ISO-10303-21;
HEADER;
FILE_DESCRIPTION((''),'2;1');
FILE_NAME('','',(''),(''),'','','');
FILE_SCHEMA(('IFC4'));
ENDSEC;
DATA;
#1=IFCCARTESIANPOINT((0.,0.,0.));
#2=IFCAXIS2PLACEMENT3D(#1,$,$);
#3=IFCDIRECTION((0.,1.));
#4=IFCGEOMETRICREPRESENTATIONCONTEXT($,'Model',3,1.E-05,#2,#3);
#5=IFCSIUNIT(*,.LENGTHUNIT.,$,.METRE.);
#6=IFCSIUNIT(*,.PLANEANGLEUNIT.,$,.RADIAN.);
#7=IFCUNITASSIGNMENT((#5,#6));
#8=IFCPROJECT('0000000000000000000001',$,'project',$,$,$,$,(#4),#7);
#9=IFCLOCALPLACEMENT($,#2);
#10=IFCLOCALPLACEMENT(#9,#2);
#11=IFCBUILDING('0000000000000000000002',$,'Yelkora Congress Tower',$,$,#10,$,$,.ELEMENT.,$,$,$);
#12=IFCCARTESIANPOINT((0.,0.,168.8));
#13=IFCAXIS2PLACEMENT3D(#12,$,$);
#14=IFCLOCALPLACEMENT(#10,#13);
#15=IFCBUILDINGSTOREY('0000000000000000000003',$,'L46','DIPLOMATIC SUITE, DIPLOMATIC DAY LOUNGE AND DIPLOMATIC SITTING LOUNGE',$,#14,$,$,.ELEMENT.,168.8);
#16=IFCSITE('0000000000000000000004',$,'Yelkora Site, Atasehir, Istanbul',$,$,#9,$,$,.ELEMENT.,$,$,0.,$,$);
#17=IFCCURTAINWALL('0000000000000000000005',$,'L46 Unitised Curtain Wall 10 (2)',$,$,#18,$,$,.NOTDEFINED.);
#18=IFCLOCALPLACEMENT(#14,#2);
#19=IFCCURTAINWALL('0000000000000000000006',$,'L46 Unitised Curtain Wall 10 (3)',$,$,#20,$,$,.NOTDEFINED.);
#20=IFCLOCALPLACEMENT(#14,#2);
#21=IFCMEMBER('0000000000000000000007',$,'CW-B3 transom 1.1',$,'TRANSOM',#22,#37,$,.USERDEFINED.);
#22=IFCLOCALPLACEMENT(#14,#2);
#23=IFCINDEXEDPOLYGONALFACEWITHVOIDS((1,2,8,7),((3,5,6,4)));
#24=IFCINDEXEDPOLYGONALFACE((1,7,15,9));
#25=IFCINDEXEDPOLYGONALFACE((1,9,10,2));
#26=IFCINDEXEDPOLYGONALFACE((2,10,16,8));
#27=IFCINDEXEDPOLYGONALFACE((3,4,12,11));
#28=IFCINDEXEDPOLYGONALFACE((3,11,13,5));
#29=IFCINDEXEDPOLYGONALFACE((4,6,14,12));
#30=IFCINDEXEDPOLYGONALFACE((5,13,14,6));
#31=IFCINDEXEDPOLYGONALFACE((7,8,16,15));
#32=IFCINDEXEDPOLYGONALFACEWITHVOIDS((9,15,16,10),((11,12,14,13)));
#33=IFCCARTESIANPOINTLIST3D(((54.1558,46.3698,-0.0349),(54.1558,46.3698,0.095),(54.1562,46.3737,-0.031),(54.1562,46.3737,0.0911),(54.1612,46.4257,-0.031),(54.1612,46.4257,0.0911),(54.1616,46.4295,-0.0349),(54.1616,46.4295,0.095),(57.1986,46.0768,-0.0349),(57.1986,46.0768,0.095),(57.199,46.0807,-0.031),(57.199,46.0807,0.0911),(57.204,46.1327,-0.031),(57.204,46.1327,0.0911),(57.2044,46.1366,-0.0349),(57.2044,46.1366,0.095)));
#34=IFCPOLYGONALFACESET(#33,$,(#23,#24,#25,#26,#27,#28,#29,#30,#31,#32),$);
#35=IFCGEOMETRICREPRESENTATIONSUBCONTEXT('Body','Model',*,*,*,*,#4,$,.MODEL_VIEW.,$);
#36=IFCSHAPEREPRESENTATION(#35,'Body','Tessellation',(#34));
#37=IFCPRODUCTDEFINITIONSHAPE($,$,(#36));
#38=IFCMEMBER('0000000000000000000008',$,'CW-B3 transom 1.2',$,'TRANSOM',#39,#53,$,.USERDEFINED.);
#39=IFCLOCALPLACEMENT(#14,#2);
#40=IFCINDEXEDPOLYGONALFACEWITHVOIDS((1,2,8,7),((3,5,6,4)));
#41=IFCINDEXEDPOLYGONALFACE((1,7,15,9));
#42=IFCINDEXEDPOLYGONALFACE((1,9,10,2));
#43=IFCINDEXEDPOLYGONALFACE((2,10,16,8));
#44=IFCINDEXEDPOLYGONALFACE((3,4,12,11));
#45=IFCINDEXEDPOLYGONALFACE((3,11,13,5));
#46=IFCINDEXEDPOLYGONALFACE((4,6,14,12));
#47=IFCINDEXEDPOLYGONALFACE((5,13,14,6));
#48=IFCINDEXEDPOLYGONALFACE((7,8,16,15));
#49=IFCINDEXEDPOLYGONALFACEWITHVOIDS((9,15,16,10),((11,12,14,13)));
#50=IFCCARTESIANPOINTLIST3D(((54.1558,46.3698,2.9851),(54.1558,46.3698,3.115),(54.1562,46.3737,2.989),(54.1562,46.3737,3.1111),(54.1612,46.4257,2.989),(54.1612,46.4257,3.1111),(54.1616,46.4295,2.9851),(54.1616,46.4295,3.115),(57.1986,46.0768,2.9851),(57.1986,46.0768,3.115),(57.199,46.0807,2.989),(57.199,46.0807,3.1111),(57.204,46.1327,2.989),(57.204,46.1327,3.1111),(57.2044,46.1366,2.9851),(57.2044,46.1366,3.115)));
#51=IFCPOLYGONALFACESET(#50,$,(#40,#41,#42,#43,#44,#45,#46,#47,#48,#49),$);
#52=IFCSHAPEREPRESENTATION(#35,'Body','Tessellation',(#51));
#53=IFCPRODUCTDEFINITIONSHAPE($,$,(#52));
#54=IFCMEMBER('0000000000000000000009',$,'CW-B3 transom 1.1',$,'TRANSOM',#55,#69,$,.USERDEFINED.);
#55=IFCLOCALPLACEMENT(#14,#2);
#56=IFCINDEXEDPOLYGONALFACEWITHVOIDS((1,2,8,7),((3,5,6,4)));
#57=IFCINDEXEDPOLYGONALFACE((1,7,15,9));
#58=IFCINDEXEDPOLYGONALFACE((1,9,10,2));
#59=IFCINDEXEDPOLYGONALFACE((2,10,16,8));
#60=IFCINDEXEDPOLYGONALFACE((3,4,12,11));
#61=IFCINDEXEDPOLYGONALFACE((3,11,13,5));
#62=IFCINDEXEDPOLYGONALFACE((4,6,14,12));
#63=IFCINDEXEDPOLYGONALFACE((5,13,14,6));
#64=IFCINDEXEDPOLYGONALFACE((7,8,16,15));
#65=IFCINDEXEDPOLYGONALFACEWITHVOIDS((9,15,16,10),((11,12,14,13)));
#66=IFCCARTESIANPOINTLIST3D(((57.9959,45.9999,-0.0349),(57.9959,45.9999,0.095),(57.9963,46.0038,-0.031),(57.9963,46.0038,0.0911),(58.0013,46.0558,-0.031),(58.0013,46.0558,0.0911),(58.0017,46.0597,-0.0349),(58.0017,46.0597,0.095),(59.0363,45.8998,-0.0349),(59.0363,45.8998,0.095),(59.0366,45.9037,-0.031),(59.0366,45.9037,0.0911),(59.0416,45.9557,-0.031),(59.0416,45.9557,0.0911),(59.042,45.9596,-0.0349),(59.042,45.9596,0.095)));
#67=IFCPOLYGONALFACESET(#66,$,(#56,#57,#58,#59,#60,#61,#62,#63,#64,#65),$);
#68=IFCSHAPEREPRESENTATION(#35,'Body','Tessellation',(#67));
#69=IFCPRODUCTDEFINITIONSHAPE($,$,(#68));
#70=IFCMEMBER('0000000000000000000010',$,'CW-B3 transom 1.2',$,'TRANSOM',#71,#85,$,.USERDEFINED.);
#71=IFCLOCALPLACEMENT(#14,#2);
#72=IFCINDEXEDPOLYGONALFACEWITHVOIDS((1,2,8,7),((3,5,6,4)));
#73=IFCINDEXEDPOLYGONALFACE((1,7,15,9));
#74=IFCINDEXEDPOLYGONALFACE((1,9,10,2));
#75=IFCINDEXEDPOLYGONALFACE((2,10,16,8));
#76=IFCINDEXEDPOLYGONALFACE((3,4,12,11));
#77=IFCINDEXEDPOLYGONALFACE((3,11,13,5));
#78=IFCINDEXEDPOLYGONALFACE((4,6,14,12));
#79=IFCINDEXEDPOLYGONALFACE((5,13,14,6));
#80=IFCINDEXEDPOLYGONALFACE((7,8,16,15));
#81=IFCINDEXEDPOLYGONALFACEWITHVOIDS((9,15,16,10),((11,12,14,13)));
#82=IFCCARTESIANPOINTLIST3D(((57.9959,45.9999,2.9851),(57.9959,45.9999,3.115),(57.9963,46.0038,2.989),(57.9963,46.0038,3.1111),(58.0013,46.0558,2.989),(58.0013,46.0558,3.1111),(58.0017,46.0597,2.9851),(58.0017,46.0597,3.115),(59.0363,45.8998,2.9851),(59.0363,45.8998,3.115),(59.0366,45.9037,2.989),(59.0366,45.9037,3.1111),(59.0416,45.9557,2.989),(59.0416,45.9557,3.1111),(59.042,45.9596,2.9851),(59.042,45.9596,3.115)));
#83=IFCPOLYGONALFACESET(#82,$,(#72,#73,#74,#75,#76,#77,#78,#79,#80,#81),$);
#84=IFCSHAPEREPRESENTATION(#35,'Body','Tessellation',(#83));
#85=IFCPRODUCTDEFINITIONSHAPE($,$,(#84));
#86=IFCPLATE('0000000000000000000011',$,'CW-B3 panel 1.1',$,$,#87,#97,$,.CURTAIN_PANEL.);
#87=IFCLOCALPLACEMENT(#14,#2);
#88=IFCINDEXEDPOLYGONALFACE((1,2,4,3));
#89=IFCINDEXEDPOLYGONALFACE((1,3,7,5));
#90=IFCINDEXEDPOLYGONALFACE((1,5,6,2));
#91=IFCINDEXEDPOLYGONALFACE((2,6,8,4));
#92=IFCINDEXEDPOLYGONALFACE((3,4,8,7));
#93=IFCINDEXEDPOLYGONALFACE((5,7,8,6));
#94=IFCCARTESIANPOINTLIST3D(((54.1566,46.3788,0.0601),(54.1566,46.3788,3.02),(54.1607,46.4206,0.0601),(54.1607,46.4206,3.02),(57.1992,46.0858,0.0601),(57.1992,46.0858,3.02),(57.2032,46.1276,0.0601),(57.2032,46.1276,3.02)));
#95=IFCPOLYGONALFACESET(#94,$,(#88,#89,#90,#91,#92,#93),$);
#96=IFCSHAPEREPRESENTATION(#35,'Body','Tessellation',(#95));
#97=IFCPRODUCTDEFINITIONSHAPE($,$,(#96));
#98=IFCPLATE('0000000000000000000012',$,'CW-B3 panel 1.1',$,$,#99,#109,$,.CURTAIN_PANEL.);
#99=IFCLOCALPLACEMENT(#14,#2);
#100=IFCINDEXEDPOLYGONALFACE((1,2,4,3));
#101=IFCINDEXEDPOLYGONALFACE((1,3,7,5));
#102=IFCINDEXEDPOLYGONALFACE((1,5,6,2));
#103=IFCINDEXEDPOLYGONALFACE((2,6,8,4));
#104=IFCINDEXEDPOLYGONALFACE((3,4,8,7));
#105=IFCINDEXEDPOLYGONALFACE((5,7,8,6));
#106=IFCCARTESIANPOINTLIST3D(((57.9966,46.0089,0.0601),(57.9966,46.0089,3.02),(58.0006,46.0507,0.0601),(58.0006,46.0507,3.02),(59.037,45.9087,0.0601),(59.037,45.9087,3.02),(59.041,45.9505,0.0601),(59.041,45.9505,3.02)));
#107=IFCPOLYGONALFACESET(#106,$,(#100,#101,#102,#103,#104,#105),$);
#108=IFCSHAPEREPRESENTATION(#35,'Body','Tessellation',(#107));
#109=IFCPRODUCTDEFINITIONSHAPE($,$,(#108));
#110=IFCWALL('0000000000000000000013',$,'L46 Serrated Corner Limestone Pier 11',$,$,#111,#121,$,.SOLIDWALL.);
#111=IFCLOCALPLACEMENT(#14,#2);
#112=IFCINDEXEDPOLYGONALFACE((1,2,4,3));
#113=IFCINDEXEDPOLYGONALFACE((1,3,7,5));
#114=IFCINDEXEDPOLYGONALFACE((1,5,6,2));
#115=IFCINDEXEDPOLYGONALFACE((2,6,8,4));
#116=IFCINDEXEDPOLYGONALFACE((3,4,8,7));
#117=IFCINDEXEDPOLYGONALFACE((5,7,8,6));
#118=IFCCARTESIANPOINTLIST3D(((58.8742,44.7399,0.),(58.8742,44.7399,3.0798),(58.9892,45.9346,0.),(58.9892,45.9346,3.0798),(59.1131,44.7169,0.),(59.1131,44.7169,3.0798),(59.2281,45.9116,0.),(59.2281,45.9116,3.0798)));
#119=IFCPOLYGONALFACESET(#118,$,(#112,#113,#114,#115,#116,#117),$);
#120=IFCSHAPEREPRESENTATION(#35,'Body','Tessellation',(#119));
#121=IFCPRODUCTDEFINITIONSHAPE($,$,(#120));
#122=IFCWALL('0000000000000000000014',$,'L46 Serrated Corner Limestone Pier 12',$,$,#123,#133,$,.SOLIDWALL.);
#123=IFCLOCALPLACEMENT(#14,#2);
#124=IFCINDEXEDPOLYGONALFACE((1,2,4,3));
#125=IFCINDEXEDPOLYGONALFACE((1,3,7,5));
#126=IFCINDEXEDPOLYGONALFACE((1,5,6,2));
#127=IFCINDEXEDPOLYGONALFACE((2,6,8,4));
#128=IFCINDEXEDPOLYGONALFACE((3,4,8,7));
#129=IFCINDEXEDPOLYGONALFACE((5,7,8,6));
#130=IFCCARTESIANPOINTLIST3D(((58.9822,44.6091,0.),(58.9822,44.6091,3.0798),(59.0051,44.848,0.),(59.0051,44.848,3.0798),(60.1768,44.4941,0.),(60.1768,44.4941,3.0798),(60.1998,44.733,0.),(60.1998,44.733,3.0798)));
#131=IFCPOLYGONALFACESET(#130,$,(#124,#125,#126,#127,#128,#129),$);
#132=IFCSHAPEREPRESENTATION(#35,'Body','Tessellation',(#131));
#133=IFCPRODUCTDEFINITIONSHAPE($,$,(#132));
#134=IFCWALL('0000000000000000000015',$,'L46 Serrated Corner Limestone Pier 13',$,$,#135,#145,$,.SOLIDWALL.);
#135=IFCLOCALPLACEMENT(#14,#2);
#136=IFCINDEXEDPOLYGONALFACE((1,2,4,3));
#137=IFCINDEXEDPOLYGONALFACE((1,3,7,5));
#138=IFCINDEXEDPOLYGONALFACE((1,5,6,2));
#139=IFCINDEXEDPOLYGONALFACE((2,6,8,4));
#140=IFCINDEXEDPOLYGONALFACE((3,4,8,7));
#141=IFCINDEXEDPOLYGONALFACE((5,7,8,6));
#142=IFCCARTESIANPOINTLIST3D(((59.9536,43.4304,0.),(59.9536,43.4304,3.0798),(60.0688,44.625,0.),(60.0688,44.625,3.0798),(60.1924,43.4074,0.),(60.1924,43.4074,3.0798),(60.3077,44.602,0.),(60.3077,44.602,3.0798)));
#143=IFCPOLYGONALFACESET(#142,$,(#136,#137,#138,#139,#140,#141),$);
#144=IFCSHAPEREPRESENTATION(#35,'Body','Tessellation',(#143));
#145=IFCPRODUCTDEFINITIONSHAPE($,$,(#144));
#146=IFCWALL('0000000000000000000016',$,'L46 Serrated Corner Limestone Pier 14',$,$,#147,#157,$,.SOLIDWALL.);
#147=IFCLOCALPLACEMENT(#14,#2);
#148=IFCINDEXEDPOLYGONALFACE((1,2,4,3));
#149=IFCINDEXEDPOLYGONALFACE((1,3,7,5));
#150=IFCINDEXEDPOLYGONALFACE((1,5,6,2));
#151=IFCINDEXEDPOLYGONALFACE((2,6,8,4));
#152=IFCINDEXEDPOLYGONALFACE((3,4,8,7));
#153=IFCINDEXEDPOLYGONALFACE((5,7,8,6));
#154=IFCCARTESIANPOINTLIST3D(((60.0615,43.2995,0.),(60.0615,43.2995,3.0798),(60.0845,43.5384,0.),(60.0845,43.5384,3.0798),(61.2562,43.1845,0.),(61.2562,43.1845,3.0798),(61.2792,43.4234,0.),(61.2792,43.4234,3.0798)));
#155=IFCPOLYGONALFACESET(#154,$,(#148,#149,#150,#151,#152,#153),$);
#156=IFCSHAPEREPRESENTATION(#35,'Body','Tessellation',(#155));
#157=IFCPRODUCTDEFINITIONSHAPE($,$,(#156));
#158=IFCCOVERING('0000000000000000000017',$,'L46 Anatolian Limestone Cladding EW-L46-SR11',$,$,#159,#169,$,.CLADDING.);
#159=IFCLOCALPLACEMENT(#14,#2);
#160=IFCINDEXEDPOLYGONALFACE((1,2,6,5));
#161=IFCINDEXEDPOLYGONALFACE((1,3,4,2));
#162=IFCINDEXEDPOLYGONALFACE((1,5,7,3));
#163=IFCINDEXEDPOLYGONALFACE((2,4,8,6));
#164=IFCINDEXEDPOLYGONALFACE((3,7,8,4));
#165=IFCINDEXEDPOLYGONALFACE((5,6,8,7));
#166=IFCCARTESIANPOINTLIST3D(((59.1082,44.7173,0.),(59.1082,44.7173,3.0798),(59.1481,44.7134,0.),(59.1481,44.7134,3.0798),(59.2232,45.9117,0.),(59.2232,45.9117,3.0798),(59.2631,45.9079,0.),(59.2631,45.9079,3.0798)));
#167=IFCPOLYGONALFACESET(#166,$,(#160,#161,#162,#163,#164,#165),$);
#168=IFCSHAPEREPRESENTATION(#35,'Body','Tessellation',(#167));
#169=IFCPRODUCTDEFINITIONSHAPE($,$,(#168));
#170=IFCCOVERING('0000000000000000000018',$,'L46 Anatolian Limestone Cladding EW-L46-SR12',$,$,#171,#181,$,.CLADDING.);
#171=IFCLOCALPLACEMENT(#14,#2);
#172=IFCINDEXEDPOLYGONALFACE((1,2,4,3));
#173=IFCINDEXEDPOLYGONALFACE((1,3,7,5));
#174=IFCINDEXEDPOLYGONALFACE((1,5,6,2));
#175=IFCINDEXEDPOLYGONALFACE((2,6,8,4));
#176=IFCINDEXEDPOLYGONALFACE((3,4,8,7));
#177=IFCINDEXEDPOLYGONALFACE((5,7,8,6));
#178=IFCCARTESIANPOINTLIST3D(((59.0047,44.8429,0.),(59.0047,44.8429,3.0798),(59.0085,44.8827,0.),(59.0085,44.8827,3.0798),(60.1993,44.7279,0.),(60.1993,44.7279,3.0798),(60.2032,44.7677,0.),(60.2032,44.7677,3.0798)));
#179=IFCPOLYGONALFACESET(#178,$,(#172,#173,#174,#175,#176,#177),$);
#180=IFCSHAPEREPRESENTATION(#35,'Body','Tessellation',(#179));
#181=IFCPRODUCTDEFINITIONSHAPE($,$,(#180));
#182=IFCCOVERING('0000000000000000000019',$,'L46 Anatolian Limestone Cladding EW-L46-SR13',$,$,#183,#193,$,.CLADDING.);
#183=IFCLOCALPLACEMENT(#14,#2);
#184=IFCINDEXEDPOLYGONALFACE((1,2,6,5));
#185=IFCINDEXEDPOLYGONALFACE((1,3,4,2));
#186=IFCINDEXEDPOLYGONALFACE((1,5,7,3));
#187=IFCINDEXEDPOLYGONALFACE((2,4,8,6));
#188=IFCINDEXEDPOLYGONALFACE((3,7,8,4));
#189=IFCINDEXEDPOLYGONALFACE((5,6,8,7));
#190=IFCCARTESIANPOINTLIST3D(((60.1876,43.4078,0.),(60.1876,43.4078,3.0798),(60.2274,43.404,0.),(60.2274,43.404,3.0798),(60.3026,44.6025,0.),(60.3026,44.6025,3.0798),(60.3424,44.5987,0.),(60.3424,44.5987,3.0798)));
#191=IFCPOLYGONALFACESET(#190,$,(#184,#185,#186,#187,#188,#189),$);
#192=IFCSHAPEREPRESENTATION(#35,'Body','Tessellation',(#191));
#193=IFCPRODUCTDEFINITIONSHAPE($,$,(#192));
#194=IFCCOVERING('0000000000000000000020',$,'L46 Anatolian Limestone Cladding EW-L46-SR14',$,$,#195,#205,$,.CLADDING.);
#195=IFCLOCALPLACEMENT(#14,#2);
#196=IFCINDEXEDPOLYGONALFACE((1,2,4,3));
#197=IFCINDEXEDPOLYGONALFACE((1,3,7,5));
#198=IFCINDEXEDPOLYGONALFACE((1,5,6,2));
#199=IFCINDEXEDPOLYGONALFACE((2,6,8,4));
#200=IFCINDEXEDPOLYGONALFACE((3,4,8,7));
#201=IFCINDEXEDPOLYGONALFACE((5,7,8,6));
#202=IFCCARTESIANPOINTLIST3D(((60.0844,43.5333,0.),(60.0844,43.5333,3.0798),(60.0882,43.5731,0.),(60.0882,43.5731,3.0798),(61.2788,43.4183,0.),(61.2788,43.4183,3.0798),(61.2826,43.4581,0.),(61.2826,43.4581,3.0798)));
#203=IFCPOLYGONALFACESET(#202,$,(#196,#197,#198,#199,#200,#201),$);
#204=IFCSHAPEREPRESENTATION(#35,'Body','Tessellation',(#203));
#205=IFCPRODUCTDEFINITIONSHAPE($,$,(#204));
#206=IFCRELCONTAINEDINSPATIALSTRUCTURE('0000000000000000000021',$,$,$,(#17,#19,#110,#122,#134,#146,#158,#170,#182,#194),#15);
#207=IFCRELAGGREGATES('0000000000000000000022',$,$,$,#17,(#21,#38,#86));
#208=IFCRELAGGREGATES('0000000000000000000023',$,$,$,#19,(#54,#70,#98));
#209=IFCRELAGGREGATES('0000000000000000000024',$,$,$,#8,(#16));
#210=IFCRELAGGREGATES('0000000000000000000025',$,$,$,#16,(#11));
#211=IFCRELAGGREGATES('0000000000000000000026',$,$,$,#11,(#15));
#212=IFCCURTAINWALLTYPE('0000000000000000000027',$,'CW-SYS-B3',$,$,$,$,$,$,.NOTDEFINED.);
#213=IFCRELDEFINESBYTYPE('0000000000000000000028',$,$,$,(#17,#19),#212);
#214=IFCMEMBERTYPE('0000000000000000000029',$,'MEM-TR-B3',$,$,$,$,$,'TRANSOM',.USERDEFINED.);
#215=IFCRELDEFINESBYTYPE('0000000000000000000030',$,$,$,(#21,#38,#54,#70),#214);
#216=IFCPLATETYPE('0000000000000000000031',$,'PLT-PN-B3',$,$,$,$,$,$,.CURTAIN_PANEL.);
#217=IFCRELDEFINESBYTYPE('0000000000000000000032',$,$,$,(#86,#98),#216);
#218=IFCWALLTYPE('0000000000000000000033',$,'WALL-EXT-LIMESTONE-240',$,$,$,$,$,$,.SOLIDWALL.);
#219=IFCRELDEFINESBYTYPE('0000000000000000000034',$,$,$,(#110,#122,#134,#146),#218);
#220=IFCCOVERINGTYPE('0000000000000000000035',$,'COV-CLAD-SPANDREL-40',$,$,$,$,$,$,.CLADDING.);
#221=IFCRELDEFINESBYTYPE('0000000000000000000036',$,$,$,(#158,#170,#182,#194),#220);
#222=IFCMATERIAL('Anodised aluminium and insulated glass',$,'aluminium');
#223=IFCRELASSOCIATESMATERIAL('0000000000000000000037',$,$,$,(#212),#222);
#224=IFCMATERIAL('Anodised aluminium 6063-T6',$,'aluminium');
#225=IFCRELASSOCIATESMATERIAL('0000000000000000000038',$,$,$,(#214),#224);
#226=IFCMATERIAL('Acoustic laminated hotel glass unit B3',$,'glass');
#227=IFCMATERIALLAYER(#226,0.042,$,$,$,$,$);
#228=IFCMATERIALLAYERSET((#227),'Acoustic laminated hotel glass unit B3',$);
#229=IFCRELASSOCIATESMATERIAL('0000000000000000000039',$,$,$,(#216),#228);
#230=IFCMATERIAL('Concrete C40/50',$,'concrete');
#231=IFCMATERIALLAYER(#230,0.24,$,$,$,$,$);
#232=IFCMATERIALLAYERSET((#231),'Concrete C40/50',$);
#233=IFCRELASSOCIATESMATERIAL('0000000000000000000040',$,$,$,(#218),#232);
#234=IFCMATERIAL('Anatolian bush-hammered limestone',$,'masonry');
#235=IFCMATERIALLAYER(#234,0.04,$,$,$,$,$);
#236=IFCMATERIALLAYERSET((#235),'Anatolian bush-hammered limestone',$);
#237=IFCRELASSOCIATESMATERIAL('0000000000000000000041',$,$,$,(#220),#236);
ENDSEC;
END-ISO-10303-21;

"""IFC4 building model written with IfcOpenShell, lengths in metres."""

from ifc_helpers import new_model, si_unit, direction, frame, frame_2d, origin, origin_2d, place, context, subcontext, project, spatial, rectangle, hollow_rectangle, extrude, material, layer, layer_set, material_profile, profile_set, type_object, element, aggregate, save


model = new_model("IFC4")

# Units and contexts
model_context = context("Model", 3, precision=1e-05, world=origin(), true_north=direction((0.0, 1.0)))
body_context = subcontext(model_context, "Body", "Model", "MODEL_VIEW")
ifc_project = project(units=[si_unit("LENGTHUNIT", "METRE"), si_unit("PLANEANGLEUNIT", "RADIAN")], contexts=[model_context])

# Site, building, storey
site_placement = place(None, origin())
site = spatial("IfcSite", under=ifc_project, at=site_placement, Name="Yelkora Site, Atasehir, Istanbul", CompositionType="ELEMENT", RefElevation=0.0)
building_placement = place(site_placement, origin())
building = spatial("IfcBuilding", under=site, at=building_placement, Name="Yelkora Congress Tower", CompositionType="ELEMENT")
storey_placement = place(building_placement, frame((0.0, 0.0, 168.8)))
storey = spatial("IfcBuildingStorey", under=building, at=storey_placement, Name="L46", Description="DIPLOMATIC SUITE, DIPLOMATIC DAY LOUNGE AND DIPLOMATIC SITTING LOUNGE", CompositionType="ELEMENT", Elevation=168.8)

# Shared definitions
ifc_material_1 = material(Name="Anodised aluminium and insulated glass", Category="aluminium")
curtain_wall_type = type_object("IfcCurtainWallType", Name="CW-SYS-B3", PredefinedType="NOTDEFINED", material=ifc_material_1)
ifc_material_2 = material(Name="Anodised aluminium 6063-T6", Category="aluminium")

# Curtain walls
curtain_wall_1_placement = place(storey_placement, origin())
curtain_wall_1 = element("IfcCurtainWall", 1, at=curtain_wall_1_placement, inside=storey, type_object=curtain_wall_type, Name="L46 Unitised Curtain Wall 10 (2)", PredefinedType="NOTDEFINED")
curtain_wall_2_placement = place(storey_placement, origin())
curtain_wall_2 = element("IfcCurtainWall", 2, at=curtain_wall_2_placement, inside=storey, type_object=curtain_wall_type, Name="L46 Unitised Curtain Wall 10 (3)", PredefinedType="NOTDEFINED")

# Members
ifc_material_profile_1 = material_profile(ifc_material_2, hollow_rectangle(XDim=0.0601, YDim=0.1299, WallThickness=0.0039, at=origin_2d()), Name="ALU 60x130x4")
ifc_profile_set_1 = profile_set([ifc_material_profile_1], Name="Anodised aluminium 6063-T6")
member_type_1 = type_object("IfcMemberType", Name="MEM-TR-B3", ElementType="TRANSOM", PredefinedType="USERDEFINED", material=ifc_profile_set_1)
member_1_placement = place(storey_placement, frame((54.1587, 46.3997, 0.03), z_axis=(0.995397, -0.095842, 0.0), x_axis=(0.095842, 0.995397, 0.0)))
member_1 = element("IfcMember", 3, at=member_1_placement, type_object=member_type_1, Name="CW-B3 transom 1.1", ObjectType="TRANSOM", PredefinedType="USERDEFINED", context=body_context, shape_type="SweptSolid", body=[
    extrude(hollow_rectangle(XDim=0.0601, YDim=0.1299, WallThickness=0.0039, at=origin_2d()), origin(), (0.0, 0.0, 1.0), 3.0569),
])
member_2_placement = place(storey_placement, frame((54.1587, 46.3997, 3.05), z_axis=(0.995397, -0.095842, 0.0), x_axis=(0.095842, 0.995397, 0.0)))
member_2 = element("IfcMember", 4, at=member_2_placement, type_object=member_type_1, Name="CW-B3 transom 1.2", ObjectType="TRANSOM", PredefinedType="USERDEFINED", context=body_context, shape_type="SweptSolid", body=[
    extrude(hollow_rectangle(XDim=0.0601, YDim=0.1299, WallThickness=0.0039, at=origin_2d()), origin(), (0.0, 0.0, 1.0), 3.0569),
])
member_3_placement = place(storey_placement, frame((57.9988, 46.0298, 0.03), z_axis=(0.995403, -0.095779, 0.0), x_axis=(0.095779, 0.995403, 0.0)))
member_3 = element("IfcMember", 5, at=member_3_placement, type_object=member_type_1, Name="CW-B3 transom 1.1", ObjectType="TRANSOM", PredefinedType="USERDEFINED", context=body_context, shape_type="SweptSolid", body=[
    extrude(hollow_rectangle(XDim=0.0601, YDim=0.1299, WallThickness=0.0039, at=origin_2d()), origin(), (0.0, 0.0, 1.0), 1.0452),
])
member_4_placement = place(storey_placement, frame((57.9988, 46.0298, 3.05), z_axis=(0.995403, -0.095779, 0.0), x_axis=(0.095779, 0.995403, 0.0)))
member_4 = element("IfcMember", 6, at=member_4_placement, type_object=member_type_1, Name="CW-B3 transom 1.2", ObjectType="TRANSOM", PredefinedType="USERDEFINED", context=body_context, shape_type="SweptSolid", body=[
    extrude(hollow_rectangle(XDim=0.0601, YDim=0.1299, WallThickness=0.0039, at=origin_2d()), origin(), (0.0, 0.0, 1.0), 1.0452),
])

# Plates
ifc_material_3 = material(Name="Acoustic laminated hotel glass unit B3", Category="glass")
ifc_layer_1 = layer(ifc_material_3, 0.042)
ifc_layer_set_1 = layer_set([ifc_layer_1], Name="Acoustic laminated hotel glass unit B3")
plate_type = type_object("IfcPlateType", Name="PLT-PN-B3", PredefinedType="CURTAIN_PANEL", material=ifc_layer_set_1)
plate_1_placement = place(storey_placement, frame((55.6799, 46.2532, 0.0601), z_axis=(0.0, 0.0, 1.0), x_axis=(0.995396, -0.095848, 0.0)))
plate_1 = element("IfcPlate", 7, at=plate_1_placement, type_object=plate_type, Name="CW-B3 panel 1.1", PredefinedType="CURTAIN_PANEL", context=body_context, shape_type="SweptSolid", body=[
    extrude(rectangle(XDim=3.0566, YDim=0.042, at=origin_2d()), origin(), (0.0, 0.0, 1.0), 2.96),
])
aggregate(curtain_wall_1, [member_1, member_2, plate_1])
plate_2_placement = place(storey_placement, frame((58.5188, 45.9797, 0.0601), z_axis=(0.0, 0.0, 1.0), x_axis=(0.995396, -0.095852, 0.0)))
plate_2 = element("IfcPlate", 8, at=plate_2_placement, type_object=plate_type, Name="CW-B3 panel 1.1", PredefinedType="CURTAIN_PANEL", context=body_context, shape_type="SweptSolid", body=[
    extrude(rectangle(XDim=1.0452, YDim=0.042, at=origin_2d()), origin(), (0.0, 0.0, 1.0), 2.96),
])
aggregate(curtain_wall_2, [member_3, member_4, plate_2])

# Walls
ifc_material_4 = material(Name="Concrete C40/50", Category="concrete")
ifc_layer_2 = layer(ifc_material_4, 0.24)
ifc_layer_set_2 = layer_set([ifc_layer_2], Name="Concrete C40/50")
wall_type = type_object("IfcWallType", Name="WALL-EXT-LIMESTONE-240", PredefinedType="SOLIDWALL", material=ifc_layer_set_2)
for number, where, z_axis, x_axis, name in (
    (9, (59.1086, 45.9231, 0.0), (0.0, 0.0, 1.0), (-0.095817, -0.995399, 0.0), "L46 Serrated Corner Limestone Pier 11"),
    (10, (58.9937, 44.7285, 0.0), (0.0, 0.0, 1.0), (0.995399, -0.095817, 0.0), "L46 Serrated Corner Limestone Pier 12"),
    (11, (60.1882, 44.6135, 0.0), (0.0, 0.0, 1.0), (-0.096019, -0.99538, 0.0), "L46 Serrated Corner Limestone Pier 13"),
    (12, (60.073, 43.4189, 0.0), (0.0, 0.0, 1.0), (0.995399, -0.095817, 0.0), "L46 Serrated Corner Limestone Pier 14"),
):
    element("IfcWall", number, at=place(storey_placement, frame(where, z_axis=z_axis, x_axis=x_axis)), inside=storey, type_object=wall_type, Name=name, PredefinedType="SOLIDWALL", context=body_context, shape_type="SweptSolid", body=[
        extrude(rectangle(XDim=1.2002, YDim=0.24, at=frame_2d((0.6001, 0.0))), origin(), (0.0, 0.0, 1.0), 3.0798),
    ])

# Coverings
ifc_material_5 = material(Name="Anatolian bush-hammered limestone", Category="masonry")
ifc_layer_3 = layer(ifc_material_5, 0.04)
ifc_layer_set_3 = layer_set([ifc_layer_3], Name="Anatolian bush-hammered limestone")
covering_type = type_object("IfcCoveringType", Name="COV-CLAD-SPANDREL-40", PredefinedType="CLADDING", material=ifc_layer_set_3)
covering_1_placement = place(storey_placement, frame((59.2432, 45.9099, 0.0), z_axis=(0.0, 0.0, 1.0), x_axis=(-0.095836, -0.995397, 0.0)))
element("IfcCovering", 13, at=covering_1_placement, inside=storey, type_object=covering_type, Name="L46 Anatolian Limestone Cladding EW-L46-SR11", PredefinedType="CLADDING", context=body_context, shape_type="SweptSolid", body=[
    extrude(rectangle(XDim=1.2, YDim=0.04, at=frame_2d((0.6001, 0.0))), origin(), (0.0, 0.0, 1.0), 3.0798),
])
for number, where, z_axis, x_axis, name in (
    (14, (59.0066, 44.8628, 0.0), (0.0, 0.0, 1.0), (0.995399, -0.095817, 0.0), "L46 Anatolian Limestone Cladding EW-L46-SR12"),
    (15, (60.3225, 44.6006, 0.0), (0.0, 0.0, 1.0), (-0.095817, -0.995399, 0.0), "L46 Anatolian Limestone Cladding EW-L46-SR13"),
):
    element("IfcCovering", number, at=place(storey_placement, frame(where, z_axis=z_axis, x_axis=x_axis)), inside=storey, type_object=covering_type, Name=name, PredefinedType="CLADDING", context=body_context, shape_type="SweptSolid", body=[
        extrude(rectangle(XDim=1.2002, YDim=0.04, at=frame_2d((0.6001, 0.0))), origin(), (0.0, 0.0, 1.0), 3.0798),
    ])
covering_2_placement = place(storey_placement, frame((60.0862, 43.5532, 0.0), z_axis=(0.0, 0.0, 1.0), x_axis=(0.995397, -0.095836, 0.0)))
element("IfcCovering", 16, at=covering_2_placement, inside=storey, type_object=covering_type, Name="L46 Anatolian Limestone Cladding EW-L46-SR14", PredefinedType="CLADDING", context=body_context, shape_type="SweptSolid", body=[
    extrude(rectangle(XDim=1.2, YDim=0.04, at=frame_2d((0.6001, 0.0))), origin(), (0.0, 0.0, 1.0), 3.0798),
])

save(model, "model.ifc")
